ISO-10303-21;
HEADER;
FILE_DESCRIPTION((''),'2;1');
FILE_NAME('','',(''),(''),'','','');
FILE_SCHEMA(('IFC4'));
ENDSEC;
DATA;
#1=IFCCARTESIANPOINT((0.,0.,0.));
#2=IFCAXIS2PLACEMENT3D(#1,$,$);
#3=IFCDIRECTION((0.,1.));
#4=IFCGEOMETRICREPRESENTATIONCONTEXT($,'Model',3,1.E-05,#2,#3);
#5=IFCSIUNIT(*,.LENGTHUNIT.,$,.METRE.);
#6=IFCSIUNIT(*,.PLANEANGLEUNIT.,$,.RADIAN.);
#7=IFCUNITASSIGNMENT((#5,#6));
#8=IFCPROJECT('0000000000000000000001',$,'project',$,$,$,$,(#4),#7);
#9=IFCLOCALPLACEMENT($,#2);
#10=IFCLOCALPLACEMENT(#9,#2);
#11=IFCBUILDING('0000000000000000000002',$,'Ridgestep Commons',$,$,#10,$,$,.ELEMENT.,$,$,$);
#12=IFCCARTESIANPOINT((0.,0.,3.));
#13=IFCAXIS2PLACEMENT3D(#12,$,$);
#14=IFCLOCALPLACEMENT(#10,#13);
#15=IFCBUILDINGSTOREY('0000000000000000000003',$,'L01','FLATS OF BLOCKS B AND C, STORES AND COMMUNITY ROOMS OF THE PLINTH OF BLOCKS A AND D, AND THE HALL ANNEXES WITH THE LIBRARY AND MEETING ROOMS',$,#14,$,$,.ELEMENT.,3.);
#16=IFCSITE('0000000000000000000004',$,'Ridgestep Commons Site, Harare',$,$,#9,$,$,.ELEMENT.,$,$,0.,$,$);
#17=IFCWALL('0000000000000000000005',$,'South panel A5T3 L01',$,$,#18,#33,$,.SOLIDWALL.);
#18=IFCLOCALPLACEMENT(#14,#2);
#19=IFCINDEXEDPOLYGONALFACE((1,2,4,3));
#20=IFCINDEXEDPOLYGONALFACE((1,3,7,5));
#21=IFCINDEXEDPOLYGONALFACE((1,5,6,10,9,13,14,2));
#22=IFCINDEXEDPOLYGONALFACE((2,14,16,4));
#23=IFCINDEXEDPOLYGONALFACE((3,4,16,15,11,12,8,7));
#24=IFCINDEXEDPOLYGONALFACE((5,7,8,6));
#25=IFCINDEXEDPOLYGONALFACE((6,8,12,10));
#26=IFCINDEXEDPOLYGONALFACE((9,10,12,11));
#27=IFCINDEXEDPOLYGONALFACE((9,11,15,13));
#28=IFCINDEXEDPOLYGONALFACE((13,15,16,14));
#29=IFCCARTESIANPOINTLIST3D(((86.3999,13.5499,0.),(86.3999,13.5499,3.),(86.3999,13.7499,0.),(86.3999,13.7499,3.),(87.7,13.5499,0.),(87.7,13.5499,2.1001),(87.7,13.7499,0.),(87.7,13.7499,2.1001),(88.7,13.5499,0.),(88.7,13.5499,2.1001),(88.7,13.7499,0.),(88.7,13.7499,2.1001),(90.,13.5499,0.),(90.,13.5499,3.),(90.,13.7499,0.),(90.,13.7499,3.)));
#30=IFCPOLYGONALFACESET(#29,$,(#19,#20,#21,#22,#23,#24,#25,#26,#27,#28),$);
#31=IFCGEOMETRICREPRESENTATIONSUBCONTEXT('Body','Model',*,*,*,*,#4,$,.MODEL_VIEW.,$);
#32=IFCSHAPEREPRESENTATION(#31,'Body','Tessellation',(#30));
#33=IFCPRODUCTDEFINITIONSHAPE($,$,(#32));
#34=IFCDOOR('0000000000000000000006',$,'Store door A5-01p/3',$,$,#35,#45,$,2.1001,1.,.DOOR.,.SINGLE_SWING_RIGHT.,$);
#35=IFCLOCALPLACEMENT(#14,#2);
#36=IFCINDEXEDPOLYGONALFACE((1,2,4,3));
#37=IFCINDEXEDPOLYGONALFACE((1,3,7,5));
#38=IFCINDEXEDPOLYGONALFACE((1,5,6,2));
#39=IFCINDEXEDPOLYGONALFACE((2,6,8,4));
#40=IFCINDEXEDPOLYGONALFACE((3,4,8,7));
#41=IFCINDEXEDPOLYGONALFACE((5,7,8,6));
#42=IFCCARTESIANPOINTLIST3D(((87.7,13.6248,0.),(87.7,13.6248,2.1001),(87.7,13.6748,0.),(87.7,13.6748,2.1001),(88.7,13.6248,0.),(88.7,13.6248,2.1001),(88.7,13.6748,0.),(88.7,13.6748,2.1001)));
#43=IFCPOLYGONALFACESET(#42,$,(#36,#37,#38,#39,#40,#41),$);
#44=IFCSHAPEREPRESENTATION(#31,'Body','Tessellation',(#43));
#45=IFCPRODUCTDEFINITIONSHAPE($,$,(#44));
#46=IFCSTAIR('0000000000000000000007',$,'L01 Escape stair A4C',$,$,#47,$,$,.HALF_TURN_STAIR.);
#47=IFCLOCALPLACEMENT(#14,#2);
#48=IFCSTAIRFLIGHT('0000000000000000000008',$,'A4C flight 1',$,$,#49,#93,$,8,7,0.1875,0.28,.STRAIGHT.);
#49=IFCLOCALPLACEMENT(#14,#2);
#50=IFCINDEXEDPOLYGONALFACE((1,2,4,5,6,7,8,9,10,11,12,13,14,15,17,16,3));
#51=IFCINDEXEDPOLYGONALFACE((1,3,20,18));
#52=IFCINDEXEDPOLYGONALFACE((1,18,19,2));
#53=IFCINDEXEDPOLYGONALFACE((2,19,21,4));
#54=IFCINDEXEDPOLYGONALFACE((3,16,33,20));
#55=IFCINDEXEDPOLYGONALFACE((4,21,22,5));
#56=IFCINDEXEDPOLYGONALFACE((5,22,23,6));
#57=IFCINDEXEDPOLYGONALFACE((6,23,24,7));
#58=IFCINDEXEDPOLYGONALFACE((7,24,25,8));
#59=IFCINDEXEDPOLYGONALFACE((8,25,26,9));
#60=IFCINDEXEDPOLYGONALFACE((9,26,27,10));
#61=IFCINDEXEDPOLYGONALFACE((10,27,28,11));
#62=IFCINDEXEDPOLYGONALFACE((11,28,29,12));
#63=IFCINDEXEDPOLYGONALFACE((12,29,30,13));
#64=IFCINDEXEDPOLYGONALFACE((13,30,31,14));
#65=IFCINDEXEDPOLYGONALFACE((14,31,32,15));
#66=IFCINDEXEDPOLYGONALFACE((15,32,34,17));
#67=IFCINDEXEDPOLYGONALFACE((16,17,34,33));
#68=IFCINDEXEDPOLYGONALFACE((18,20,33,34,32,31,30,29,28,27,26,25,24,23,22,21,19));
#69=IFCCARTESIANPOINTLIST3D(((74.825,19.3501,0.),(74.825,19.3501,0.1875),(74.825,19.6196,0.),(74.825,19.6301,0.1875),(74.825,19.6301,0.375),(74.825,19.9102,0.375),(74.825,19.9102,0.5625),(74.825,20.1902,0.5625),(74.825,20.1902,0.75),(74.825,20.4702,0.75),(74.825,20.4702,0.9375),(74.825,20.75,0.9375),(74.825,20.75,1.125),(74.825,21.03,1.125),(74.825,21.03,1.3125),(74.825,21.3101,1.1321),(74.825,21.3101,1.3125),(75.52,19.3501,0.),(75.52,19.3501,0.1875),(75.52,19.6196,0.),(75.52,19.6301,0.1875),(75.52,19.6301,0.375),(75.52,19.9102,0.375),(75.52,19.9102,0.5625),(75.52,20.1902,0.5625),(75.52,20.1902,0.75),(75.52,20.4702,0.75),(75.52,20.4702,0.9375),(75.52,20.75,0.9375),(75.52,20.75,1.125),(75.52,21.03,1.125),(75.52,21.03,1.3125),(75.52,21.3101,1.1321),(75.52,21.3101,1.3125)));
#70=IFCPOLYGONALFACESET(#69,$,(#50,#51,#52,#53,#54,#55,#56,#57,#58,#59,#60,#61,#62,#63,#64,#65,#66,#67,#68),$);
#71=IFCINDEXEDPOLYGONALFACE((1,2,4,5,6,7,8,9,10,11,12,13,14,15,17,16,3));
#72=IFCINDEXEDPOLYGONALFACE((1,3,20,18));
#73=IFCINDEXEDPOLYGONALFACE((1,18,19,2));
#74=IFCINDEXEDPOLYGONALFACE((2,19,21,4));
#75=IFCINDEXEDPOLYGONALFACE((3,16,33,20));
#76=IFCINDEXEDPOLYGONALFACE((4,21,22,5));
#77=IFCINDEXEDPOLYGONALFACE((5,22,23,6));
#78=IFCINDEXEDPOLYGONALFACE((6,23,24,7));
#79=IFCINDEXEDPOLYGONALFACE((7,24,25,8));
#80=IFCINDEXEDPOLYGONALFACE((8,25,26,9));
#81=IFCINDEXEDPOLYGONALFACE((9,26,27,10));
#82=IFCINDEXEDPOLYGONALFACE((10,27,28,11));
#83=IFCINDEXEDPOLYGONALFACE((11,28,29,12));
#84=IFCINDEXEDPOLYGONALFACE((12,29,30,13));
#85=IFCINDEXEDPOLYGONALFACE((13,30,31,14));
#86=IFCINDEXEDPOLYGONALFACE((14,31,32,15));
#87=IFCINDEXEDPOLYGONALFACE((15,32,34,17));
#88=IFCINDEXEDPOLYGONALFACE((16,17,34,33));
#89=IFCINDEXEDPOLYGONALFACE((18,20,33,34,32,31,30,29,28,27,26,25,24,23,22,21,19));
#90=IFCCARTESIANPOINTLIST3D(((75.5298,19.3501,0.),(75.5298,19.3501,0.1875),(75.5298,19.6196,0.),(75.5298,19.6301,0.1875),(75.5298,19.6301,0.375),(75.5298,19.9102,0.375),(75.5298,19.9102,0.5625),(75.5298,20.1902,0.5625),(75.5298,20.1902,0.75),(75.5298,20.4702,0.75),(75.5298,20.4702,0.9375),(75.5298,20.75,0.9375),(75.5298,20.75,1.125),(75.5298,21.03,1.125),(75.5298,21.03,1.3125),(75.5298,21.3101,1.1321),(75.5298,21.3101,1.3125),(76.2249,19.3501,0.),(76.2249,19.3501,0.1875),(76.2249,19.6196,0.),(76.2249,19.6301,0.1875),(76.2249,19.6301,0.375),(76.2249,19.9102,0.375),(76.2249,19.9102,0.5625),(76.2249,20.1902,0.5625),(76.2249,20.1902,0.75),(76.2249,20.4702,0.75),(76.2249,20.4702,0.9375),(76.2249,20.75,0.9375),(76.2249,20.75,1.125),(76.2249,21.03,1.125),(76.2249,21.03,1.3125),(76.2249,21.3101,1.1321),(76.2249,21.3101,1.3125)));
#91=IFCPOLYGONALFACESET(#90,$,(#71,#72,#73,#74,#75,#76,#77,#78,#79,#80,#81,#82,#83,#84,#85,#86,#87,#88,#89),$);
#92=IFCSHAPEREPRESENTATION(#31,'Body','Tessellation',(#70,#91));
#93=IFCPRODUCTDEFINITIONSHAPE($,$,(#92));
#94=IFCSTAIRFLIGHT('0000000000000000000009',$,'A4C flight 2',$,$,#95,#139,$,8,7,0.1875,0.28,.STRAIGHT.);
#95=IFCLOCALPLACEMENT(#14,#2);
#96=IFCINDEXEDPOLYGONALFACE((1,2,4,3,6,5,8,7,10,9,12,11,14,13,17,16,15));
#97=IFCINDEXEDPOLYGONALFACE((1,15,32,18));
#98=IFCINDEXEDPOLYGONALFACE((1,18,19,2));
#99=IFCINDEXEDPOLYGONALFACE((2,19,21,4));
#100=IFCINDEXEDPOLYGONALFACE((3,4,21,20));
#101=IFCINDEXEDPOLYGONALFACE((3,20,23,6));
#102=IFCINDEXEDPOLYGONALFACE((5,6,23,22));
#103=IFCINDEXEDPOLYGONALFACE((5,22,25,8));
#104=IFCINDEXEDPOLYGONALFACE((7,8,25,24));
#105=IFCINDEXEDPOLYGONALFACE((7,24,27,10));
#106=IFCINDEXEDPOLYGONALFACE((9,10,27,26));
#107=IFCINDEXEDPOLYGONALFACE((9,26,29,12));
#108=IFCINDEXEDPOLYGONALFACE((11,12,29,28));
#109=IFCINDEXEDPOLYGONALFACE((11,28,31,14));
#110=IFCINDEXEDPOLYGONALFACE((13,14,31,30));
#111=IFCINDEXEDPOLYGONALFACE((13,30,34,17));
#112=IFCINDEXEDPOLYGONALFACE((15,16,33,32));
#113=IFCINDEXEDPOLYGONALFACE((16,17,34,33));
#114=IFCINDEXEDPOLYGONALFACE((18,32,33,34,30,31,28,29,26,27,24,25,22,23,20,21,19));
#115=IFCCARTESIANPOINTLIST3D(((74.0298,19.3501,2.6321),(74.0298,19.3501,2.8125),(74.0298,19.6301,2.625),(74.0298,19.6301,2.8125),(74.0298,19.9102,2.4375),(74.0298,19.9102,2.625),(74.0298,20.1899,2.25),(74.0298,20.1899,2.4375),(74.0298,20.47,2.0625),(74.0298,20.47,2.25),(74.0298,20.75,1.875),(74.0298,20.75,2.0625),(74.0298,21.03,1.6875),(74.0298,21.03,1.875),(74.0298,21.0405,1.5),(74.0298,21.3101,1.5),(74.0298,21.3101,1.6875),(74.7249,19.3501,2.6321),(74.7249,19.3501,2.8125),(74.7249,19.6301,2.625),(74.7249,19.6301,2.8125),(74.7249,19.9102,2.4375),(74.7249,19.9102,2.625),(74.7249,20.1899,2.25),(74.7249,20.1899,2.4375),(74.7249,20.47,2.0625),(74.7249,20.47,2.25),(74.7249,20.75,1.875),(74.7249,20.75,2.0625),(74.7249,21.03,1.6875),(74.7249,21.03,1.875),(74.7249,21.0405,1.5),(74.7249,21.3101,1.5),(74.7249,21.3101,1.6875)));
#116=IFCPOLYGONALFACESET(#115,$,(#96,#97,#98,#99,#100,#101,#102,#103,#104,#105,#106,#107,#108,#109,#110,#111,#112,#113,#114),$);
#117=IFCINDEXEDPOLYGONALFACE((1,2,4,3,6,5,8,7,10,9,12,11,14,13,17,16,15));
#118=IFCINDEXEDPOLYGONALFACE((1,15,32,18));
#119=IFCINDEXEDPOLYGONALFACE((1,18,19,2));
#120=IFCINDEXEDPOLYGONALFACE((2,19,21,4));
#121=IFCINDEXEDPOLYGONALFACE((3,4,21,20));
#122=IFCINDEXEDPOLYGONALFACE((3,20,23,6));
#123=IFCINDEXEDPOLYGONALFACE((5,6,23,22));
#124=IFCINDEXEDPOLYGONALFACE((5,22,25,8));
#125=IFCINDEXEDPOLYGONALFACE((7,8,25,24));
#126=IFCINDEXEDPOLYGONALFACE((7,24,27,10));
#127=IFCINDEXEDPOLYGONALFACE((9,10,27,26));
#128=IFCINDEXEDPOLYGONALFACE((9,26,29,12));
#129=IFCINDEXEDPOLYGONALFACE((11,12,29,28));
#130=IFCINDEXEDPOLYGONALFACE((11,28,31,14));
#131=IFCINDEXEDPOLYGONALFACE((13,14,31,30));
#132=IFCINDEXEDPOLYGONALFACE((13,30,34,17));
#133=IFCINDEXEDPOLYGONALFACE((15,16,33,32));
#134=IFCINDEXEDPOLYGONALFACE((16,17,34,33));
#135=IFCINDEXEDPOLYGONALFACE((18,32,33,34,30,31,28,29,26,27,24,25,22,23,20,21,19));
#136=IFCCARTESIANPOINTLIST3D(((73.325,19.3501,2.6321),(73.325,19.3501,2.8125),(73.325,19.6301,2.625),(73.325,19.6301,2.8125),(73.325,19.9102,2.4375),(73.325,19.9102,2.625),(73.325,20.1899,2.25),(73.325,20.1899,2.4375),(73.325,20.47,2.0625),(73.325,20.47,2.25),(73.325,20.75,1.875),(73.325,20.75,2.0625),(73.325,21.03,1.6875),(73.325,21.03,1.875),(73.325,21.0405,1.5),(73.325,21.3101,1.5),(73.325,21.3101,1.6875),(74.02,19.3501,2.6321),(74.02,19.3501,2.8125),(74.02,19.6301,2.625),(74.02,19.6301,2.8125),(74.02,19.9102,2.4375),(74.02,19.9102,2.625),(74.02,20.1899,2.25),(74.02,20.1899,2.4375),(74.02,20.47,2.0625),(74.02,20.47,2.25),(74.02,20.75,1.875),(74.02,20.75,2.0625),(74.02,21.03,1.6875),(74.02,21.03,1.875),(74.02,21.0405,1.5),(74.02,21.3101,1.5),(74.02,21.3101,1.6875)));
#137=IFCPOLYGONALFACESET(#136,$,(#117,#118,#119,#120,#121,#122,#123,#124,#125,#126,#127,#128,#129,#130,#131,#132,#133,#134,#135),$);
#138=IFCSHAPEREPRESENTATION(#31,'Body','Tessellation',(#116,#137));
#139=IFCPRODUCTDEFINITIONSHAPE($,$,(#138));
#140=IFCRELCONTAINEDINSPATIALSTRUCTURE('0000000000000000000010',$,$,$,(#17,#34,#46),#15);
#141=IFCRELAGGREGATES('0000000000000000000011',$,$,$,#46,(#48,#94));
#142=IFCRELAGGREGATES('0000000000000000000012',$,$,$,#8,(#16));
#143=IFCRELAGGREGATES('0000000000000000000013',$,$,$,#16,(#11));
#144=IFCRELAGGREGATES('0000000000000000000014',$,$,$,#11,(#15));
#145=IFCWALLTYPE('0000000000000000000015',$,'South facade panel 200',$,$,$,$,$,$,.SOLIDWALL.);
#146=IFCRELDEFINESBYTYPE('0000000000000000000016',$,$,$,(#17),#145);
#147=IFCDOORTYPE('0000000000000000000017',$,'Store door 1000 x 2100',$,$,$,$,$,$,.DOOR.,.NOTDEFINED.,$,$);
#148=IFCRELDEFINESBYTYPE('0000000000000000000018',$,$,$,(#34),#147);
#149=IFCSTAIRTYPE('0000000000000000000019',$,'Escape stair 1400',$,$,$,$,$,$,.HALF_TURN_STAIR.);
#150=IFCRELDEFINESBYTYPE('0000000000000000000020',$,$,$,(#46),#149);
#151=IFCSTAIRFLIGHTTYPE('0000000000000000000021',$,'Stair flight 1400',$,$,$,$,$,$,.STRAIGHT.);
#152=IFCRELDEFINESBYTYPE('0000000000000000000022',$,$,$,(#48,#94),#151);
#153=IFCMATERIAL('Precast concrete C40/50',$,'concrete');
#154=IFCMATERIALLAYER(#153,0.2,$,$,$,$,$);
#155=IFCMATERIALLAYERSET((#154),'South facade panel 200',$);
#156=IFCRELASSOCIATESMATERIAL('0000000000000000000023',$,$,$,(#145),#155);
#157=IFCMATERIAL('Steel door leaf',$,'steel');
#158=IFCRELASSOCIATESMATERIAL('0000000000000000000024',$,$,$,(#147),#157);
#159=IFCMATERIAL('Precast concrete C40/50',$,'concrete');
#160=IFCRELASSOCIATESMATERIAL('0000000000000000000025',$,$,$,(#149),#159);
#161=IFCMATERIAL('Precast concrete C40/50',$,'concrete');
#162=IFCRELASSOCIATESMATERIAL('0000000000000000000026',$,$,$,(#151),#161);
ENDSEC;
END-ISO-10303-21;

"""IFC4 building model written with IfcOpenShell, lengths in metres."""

from ifc_helpers import new_model, si_unit, direction, frame, frame_2d, origin, place, context, subcontext, project, spatial, polyline, rectangle, outline, extrude, material, layer, layer_set, type_object, element, fill, aggregate, save


model = new_model("IFC4")

# Units and contexts
model_context = context("Model", 3, precision=1e-05, world=origin(), true_north=direction((0.0, 1.0)))
body_context = subcontext(model_context, "Body", "Model", "MODEL_VIEW")
ifc_project = project(units=[si_unit("LENGTHUNIT", "METRE"), si_unit("PLANEANGLEUNIT", "RADIAN")], contexts=[model_context])

# Site, building, storey
site_placement = place(None, origin())
site = spatial("IfcSite", under=ifc_project, at=site_placement, Name="Ridgestep Commons Site, Harare", CompositionType="ELEMENT", RefElevation=0.0)
building_placement = place(site_placement, origin())
building = spatial("IfcBuilding", under=site, at=building_placement, Name="Ridgestep Commons", CompositionType="ELEMENT")
storey_placement = place(building_placement, frame((0.0, 0.0, 3.0)))
storey = spatial("IfcBuildingStorey", under=building, at=storey_placement, Name="L01", Description="FLATS OF BLOCKS B AND C, STORES AND COMMUNITY ROOMS OF THE PLINTH OF BLOCKS A AND D, AND THE HALL ANNEXES WITH THE LIBRARY AND MEETING ROOMS", CompositionType="ELEMENT", Elevation=3.0)

# Wall, opening, door
ifc_material_1 = material(Name="Precast concrete C40/50", Category="concrete")
ifc_layer_1 = layer(ifc_material_1, 0.2)
ifc_layer_set_1 = layer_set([ifc_layer_1], Name="South facade panel 200")
wall_type_1 = type_object("IfcWallType", Name="South facade panel 200", PredefinedType="SOLIDWALL", material=ifc_layer_set_1)
ifc_material_2 = material(Name="Steel door leaf", Category="steel")
door_type_1 = type_object("IfcDoorType", Name="Store door 1000 x 2100", OperationType="NOTDEFINED", PredefinedType="DOOR", material=ifc_material_2)
wall_1_placement = place(storey_placement, frame((86.3999, 13.6499, 0.0), z_axis=(0.0, 0.0, 1.0), x_axis=(1.0, 0.0, 0.0)))
wall_1 = element("IfcWall", 1, at=wall_1_placement, inside=storey, type_object=wall_type_1, Name="South panel A5T3 L01", PredefinedType="SOLIDWALL", context=body_context, shape_type="SweptSolid", body=[
    extrude(rectangle(XDim=3.6001, YDim=0.2, at=frame_2d((1.8, 0.0))), origin(), (0.0, 0.0, 1.0), 3.0),
])
opening_1_placement = place(wall_1_placement, frame((1.3, 0.0, 0.0)))
opening_1 = element("IfcOpeningElement", 2, at=opening_1_placement, cuts=wall_1, PredefinedType="OPENING", context=body_context, shape_type="SweptSolid", body=[
    extrude(rectangle(XDim=1.0, YDim=2.1001, at=frame_2d((0.5, 1.05))), frame((0.0, 0.1099, 0.0), z_axis=(0.0, -1.0, 0.0), x_axis=(1.0, 0.0, 0.0)), (0.0, 0.0, 1.0), 0.22),
])
door_1_placement = place(opening_1_placement, origin())
door_1 = element("IfcDoor", 3, at=door_1_placement, inside=storey, type_object=door_type_1, Name="Store door A5-01p/3", OperationType="SINGLE_SWING_RIGHT", OverallHeight=2.1001, OverallWidth=1.0, PredefinedType="DOOR", context=body_context, shape_type="SweptSolid", body=[
    extrude(rectangle(XDim=1.0, YDim=2.1001, at=frame_2d((0.5, 1.05))), frame((0.0, 0.0249, 0.0), z_axis=(0.0, -1.0, 0.0), x_axis=(1.0, 0.0, 0.0)), (0.0, 0.0, 1.0), 0.05),
])
fill(opening_1, door_1)

# Stair, stair flights
ifc_material_3 = material(Name="Precast concrete C40/50", Category="concrete")
stair_type = type_object("IfcStairType", Name="Escape stair 1400", PredefinedType="HALF_TURN_STAIR", material=ifc_material_3)
stair_placement = place(storey_placement, origin())
stair = element("IfcStair", 4, at=stair_placement, inside=storey, type_object=stair_type, Name="L01 Escape stair A4C", PredefinedType="HALF_TURN_STAIR")
ifc_material_4 = material(Name="Precast concrete C40/50", Category="concrete")
stair_flight_type = type_object("IfcStairFlightType", Name="Stair flight 1400", PredefinedType="STRAIGHT", material=ifc_material_4)
stair_flight_1_placement = place(storey_placement, frame((75.5249, 19.3501, 0.0), z_axis=(0.0, 0.0, 1.0), x_axis=(0.0, 1.0, 0.0)))
stair_flight_1 = element("IfcStairFlight", 5, at=stair_flight_1_placement, type_object=stair_flight_type, Name="A4C flight 1", NumberOfRisers=8, NumberOfTreads=7, PredefinedType="STRAIGHT", RiserHeight=0.1875, TreadLength=0.28, context=body_context, shape_type="SweptSolid", body=[
    extrude(outline(polyline([(0.0, 0.0), (0.0, 0.1875), (0.28, 0.1875), (0.28, 0.375), (0.5601, 0.375), (0.5601, 0.5625), (0.8401, 0.5625), (0.8401, 0.75), (1.1201, 0.75), (1.1201, 0.9375), (1.3999, 0.9375), (1.3999, 1.125), (1.6799, 1.125), (1.6799, 1.3125), (1.96, 1.3125), (1.96, 1.5), (1.96, 1.1321), (0.2695, 0.0), (0.0, 0.0)])), frame((0.0, 0.7, 0.0), z_axis=(0.0, -1.0, 0.0), x_axis=(1.0, 0.0, 0.0)), (0.0, 0.0, 1.0), 0.6951),
    extrude(outline(polyline([(0.0, 0.0), (0.0, 0.1875), (0.28, 0.1875), (0.28, 0.375), (0.5601, 0.375), (0.5601, 0.5625), (0.8401, 0.5625), (0.8401, 0.75), (1.1201, 0.75), (1.1201, 0.9375), (1.3999, 0.9375), (1.3999, 1.125), (1.6799, 1.125), (1.6799, 1.3125), (1.96, 1.3125), (1.96, 1.5), (1.96, 1.1321), (0.2695, 0.0), (0.0, 0.0)])), frame((0.0, -0.0049, 0.0), z_axis=(0.0, -1.0, 0.0), x_axis=(1.0, 0.0, 0.0)), (0.0, 0.0, 1.0), 0.6951),
])
stair_flight_2_placement = place(storey_placement, frame((74.0249, 21.3101, 1.5), z_axis=(0.0, 0.0, 1.0), x_axis=(0.0, -1.0, 0.0)))
stair_flight_2 = element("IfcStairFlight", 6, at=stair_flight_2_placement, type_object=stair_flight_type, Name="A4C flight 2", NumberOfRisers=8, NumberOfTreads=7, PredefinedType="STRAIGHT", RiserHeight=0.1875, TreadLength=0.28, context=body_context, shape_type="SweptSolid", body=[
    extrude(outline(polyline([(0.0, 0.0), (0.0, 0.1875), (0.28, 0.1875), (0.28, 0.375), (0.5601, 0.375), (0.5601, 0.5625), (0.8401, 0.5625), (0.8401, 0.75), (1.1201, 0.75), (1.1201, 0.9375), (1.3999, 0.9375), (1.3999, 1.125), (1.6799, 1.125), (1.6799, 1.3125), (1.96, 1.3125), (1.96, 1.5), (1.96, 1.1321), (0.2695, 0.0), (0.0, 0.0)])), frame((0.0, 0.7, 0.0), z_axis=(0.0, -1.0, 0.0), x_axis=(1.0, 0.0, 0.0)), (0.0, 0.0, 1.0), 0.6951),
    extrude(outline(polyline([(0.0, 0.0), (0.0, 0.1875), (0.28, 0.1875), (0.28, 0.375), (0.5601, 0.375), (0.5601, 0.5625), (0.8401, 0.5625), (0.8401, 0.75), (1.1201, 0.75), (1.1201, 0.9375), (1.3999, 0.9375), (1.3999, 1.125), (1.6799, 1.125), (1.6799, 1.3125), (1.96, 1.3125), (1.96, 1.5), (1.96, 1.1321), (0.2695, 0.0), (0.0, 0.0)])), frame((0.0, -0.0049, 0.0), z_axis=(0.0, -1.0, 0.0), x_axis=(1.0, 0.0, 0.0)), (0.0, 0.0, 1.0), 0.6951),
])
aggregate(stair, [stair_flight_1, stair_flight_2])

save(model, "model.ifc")
